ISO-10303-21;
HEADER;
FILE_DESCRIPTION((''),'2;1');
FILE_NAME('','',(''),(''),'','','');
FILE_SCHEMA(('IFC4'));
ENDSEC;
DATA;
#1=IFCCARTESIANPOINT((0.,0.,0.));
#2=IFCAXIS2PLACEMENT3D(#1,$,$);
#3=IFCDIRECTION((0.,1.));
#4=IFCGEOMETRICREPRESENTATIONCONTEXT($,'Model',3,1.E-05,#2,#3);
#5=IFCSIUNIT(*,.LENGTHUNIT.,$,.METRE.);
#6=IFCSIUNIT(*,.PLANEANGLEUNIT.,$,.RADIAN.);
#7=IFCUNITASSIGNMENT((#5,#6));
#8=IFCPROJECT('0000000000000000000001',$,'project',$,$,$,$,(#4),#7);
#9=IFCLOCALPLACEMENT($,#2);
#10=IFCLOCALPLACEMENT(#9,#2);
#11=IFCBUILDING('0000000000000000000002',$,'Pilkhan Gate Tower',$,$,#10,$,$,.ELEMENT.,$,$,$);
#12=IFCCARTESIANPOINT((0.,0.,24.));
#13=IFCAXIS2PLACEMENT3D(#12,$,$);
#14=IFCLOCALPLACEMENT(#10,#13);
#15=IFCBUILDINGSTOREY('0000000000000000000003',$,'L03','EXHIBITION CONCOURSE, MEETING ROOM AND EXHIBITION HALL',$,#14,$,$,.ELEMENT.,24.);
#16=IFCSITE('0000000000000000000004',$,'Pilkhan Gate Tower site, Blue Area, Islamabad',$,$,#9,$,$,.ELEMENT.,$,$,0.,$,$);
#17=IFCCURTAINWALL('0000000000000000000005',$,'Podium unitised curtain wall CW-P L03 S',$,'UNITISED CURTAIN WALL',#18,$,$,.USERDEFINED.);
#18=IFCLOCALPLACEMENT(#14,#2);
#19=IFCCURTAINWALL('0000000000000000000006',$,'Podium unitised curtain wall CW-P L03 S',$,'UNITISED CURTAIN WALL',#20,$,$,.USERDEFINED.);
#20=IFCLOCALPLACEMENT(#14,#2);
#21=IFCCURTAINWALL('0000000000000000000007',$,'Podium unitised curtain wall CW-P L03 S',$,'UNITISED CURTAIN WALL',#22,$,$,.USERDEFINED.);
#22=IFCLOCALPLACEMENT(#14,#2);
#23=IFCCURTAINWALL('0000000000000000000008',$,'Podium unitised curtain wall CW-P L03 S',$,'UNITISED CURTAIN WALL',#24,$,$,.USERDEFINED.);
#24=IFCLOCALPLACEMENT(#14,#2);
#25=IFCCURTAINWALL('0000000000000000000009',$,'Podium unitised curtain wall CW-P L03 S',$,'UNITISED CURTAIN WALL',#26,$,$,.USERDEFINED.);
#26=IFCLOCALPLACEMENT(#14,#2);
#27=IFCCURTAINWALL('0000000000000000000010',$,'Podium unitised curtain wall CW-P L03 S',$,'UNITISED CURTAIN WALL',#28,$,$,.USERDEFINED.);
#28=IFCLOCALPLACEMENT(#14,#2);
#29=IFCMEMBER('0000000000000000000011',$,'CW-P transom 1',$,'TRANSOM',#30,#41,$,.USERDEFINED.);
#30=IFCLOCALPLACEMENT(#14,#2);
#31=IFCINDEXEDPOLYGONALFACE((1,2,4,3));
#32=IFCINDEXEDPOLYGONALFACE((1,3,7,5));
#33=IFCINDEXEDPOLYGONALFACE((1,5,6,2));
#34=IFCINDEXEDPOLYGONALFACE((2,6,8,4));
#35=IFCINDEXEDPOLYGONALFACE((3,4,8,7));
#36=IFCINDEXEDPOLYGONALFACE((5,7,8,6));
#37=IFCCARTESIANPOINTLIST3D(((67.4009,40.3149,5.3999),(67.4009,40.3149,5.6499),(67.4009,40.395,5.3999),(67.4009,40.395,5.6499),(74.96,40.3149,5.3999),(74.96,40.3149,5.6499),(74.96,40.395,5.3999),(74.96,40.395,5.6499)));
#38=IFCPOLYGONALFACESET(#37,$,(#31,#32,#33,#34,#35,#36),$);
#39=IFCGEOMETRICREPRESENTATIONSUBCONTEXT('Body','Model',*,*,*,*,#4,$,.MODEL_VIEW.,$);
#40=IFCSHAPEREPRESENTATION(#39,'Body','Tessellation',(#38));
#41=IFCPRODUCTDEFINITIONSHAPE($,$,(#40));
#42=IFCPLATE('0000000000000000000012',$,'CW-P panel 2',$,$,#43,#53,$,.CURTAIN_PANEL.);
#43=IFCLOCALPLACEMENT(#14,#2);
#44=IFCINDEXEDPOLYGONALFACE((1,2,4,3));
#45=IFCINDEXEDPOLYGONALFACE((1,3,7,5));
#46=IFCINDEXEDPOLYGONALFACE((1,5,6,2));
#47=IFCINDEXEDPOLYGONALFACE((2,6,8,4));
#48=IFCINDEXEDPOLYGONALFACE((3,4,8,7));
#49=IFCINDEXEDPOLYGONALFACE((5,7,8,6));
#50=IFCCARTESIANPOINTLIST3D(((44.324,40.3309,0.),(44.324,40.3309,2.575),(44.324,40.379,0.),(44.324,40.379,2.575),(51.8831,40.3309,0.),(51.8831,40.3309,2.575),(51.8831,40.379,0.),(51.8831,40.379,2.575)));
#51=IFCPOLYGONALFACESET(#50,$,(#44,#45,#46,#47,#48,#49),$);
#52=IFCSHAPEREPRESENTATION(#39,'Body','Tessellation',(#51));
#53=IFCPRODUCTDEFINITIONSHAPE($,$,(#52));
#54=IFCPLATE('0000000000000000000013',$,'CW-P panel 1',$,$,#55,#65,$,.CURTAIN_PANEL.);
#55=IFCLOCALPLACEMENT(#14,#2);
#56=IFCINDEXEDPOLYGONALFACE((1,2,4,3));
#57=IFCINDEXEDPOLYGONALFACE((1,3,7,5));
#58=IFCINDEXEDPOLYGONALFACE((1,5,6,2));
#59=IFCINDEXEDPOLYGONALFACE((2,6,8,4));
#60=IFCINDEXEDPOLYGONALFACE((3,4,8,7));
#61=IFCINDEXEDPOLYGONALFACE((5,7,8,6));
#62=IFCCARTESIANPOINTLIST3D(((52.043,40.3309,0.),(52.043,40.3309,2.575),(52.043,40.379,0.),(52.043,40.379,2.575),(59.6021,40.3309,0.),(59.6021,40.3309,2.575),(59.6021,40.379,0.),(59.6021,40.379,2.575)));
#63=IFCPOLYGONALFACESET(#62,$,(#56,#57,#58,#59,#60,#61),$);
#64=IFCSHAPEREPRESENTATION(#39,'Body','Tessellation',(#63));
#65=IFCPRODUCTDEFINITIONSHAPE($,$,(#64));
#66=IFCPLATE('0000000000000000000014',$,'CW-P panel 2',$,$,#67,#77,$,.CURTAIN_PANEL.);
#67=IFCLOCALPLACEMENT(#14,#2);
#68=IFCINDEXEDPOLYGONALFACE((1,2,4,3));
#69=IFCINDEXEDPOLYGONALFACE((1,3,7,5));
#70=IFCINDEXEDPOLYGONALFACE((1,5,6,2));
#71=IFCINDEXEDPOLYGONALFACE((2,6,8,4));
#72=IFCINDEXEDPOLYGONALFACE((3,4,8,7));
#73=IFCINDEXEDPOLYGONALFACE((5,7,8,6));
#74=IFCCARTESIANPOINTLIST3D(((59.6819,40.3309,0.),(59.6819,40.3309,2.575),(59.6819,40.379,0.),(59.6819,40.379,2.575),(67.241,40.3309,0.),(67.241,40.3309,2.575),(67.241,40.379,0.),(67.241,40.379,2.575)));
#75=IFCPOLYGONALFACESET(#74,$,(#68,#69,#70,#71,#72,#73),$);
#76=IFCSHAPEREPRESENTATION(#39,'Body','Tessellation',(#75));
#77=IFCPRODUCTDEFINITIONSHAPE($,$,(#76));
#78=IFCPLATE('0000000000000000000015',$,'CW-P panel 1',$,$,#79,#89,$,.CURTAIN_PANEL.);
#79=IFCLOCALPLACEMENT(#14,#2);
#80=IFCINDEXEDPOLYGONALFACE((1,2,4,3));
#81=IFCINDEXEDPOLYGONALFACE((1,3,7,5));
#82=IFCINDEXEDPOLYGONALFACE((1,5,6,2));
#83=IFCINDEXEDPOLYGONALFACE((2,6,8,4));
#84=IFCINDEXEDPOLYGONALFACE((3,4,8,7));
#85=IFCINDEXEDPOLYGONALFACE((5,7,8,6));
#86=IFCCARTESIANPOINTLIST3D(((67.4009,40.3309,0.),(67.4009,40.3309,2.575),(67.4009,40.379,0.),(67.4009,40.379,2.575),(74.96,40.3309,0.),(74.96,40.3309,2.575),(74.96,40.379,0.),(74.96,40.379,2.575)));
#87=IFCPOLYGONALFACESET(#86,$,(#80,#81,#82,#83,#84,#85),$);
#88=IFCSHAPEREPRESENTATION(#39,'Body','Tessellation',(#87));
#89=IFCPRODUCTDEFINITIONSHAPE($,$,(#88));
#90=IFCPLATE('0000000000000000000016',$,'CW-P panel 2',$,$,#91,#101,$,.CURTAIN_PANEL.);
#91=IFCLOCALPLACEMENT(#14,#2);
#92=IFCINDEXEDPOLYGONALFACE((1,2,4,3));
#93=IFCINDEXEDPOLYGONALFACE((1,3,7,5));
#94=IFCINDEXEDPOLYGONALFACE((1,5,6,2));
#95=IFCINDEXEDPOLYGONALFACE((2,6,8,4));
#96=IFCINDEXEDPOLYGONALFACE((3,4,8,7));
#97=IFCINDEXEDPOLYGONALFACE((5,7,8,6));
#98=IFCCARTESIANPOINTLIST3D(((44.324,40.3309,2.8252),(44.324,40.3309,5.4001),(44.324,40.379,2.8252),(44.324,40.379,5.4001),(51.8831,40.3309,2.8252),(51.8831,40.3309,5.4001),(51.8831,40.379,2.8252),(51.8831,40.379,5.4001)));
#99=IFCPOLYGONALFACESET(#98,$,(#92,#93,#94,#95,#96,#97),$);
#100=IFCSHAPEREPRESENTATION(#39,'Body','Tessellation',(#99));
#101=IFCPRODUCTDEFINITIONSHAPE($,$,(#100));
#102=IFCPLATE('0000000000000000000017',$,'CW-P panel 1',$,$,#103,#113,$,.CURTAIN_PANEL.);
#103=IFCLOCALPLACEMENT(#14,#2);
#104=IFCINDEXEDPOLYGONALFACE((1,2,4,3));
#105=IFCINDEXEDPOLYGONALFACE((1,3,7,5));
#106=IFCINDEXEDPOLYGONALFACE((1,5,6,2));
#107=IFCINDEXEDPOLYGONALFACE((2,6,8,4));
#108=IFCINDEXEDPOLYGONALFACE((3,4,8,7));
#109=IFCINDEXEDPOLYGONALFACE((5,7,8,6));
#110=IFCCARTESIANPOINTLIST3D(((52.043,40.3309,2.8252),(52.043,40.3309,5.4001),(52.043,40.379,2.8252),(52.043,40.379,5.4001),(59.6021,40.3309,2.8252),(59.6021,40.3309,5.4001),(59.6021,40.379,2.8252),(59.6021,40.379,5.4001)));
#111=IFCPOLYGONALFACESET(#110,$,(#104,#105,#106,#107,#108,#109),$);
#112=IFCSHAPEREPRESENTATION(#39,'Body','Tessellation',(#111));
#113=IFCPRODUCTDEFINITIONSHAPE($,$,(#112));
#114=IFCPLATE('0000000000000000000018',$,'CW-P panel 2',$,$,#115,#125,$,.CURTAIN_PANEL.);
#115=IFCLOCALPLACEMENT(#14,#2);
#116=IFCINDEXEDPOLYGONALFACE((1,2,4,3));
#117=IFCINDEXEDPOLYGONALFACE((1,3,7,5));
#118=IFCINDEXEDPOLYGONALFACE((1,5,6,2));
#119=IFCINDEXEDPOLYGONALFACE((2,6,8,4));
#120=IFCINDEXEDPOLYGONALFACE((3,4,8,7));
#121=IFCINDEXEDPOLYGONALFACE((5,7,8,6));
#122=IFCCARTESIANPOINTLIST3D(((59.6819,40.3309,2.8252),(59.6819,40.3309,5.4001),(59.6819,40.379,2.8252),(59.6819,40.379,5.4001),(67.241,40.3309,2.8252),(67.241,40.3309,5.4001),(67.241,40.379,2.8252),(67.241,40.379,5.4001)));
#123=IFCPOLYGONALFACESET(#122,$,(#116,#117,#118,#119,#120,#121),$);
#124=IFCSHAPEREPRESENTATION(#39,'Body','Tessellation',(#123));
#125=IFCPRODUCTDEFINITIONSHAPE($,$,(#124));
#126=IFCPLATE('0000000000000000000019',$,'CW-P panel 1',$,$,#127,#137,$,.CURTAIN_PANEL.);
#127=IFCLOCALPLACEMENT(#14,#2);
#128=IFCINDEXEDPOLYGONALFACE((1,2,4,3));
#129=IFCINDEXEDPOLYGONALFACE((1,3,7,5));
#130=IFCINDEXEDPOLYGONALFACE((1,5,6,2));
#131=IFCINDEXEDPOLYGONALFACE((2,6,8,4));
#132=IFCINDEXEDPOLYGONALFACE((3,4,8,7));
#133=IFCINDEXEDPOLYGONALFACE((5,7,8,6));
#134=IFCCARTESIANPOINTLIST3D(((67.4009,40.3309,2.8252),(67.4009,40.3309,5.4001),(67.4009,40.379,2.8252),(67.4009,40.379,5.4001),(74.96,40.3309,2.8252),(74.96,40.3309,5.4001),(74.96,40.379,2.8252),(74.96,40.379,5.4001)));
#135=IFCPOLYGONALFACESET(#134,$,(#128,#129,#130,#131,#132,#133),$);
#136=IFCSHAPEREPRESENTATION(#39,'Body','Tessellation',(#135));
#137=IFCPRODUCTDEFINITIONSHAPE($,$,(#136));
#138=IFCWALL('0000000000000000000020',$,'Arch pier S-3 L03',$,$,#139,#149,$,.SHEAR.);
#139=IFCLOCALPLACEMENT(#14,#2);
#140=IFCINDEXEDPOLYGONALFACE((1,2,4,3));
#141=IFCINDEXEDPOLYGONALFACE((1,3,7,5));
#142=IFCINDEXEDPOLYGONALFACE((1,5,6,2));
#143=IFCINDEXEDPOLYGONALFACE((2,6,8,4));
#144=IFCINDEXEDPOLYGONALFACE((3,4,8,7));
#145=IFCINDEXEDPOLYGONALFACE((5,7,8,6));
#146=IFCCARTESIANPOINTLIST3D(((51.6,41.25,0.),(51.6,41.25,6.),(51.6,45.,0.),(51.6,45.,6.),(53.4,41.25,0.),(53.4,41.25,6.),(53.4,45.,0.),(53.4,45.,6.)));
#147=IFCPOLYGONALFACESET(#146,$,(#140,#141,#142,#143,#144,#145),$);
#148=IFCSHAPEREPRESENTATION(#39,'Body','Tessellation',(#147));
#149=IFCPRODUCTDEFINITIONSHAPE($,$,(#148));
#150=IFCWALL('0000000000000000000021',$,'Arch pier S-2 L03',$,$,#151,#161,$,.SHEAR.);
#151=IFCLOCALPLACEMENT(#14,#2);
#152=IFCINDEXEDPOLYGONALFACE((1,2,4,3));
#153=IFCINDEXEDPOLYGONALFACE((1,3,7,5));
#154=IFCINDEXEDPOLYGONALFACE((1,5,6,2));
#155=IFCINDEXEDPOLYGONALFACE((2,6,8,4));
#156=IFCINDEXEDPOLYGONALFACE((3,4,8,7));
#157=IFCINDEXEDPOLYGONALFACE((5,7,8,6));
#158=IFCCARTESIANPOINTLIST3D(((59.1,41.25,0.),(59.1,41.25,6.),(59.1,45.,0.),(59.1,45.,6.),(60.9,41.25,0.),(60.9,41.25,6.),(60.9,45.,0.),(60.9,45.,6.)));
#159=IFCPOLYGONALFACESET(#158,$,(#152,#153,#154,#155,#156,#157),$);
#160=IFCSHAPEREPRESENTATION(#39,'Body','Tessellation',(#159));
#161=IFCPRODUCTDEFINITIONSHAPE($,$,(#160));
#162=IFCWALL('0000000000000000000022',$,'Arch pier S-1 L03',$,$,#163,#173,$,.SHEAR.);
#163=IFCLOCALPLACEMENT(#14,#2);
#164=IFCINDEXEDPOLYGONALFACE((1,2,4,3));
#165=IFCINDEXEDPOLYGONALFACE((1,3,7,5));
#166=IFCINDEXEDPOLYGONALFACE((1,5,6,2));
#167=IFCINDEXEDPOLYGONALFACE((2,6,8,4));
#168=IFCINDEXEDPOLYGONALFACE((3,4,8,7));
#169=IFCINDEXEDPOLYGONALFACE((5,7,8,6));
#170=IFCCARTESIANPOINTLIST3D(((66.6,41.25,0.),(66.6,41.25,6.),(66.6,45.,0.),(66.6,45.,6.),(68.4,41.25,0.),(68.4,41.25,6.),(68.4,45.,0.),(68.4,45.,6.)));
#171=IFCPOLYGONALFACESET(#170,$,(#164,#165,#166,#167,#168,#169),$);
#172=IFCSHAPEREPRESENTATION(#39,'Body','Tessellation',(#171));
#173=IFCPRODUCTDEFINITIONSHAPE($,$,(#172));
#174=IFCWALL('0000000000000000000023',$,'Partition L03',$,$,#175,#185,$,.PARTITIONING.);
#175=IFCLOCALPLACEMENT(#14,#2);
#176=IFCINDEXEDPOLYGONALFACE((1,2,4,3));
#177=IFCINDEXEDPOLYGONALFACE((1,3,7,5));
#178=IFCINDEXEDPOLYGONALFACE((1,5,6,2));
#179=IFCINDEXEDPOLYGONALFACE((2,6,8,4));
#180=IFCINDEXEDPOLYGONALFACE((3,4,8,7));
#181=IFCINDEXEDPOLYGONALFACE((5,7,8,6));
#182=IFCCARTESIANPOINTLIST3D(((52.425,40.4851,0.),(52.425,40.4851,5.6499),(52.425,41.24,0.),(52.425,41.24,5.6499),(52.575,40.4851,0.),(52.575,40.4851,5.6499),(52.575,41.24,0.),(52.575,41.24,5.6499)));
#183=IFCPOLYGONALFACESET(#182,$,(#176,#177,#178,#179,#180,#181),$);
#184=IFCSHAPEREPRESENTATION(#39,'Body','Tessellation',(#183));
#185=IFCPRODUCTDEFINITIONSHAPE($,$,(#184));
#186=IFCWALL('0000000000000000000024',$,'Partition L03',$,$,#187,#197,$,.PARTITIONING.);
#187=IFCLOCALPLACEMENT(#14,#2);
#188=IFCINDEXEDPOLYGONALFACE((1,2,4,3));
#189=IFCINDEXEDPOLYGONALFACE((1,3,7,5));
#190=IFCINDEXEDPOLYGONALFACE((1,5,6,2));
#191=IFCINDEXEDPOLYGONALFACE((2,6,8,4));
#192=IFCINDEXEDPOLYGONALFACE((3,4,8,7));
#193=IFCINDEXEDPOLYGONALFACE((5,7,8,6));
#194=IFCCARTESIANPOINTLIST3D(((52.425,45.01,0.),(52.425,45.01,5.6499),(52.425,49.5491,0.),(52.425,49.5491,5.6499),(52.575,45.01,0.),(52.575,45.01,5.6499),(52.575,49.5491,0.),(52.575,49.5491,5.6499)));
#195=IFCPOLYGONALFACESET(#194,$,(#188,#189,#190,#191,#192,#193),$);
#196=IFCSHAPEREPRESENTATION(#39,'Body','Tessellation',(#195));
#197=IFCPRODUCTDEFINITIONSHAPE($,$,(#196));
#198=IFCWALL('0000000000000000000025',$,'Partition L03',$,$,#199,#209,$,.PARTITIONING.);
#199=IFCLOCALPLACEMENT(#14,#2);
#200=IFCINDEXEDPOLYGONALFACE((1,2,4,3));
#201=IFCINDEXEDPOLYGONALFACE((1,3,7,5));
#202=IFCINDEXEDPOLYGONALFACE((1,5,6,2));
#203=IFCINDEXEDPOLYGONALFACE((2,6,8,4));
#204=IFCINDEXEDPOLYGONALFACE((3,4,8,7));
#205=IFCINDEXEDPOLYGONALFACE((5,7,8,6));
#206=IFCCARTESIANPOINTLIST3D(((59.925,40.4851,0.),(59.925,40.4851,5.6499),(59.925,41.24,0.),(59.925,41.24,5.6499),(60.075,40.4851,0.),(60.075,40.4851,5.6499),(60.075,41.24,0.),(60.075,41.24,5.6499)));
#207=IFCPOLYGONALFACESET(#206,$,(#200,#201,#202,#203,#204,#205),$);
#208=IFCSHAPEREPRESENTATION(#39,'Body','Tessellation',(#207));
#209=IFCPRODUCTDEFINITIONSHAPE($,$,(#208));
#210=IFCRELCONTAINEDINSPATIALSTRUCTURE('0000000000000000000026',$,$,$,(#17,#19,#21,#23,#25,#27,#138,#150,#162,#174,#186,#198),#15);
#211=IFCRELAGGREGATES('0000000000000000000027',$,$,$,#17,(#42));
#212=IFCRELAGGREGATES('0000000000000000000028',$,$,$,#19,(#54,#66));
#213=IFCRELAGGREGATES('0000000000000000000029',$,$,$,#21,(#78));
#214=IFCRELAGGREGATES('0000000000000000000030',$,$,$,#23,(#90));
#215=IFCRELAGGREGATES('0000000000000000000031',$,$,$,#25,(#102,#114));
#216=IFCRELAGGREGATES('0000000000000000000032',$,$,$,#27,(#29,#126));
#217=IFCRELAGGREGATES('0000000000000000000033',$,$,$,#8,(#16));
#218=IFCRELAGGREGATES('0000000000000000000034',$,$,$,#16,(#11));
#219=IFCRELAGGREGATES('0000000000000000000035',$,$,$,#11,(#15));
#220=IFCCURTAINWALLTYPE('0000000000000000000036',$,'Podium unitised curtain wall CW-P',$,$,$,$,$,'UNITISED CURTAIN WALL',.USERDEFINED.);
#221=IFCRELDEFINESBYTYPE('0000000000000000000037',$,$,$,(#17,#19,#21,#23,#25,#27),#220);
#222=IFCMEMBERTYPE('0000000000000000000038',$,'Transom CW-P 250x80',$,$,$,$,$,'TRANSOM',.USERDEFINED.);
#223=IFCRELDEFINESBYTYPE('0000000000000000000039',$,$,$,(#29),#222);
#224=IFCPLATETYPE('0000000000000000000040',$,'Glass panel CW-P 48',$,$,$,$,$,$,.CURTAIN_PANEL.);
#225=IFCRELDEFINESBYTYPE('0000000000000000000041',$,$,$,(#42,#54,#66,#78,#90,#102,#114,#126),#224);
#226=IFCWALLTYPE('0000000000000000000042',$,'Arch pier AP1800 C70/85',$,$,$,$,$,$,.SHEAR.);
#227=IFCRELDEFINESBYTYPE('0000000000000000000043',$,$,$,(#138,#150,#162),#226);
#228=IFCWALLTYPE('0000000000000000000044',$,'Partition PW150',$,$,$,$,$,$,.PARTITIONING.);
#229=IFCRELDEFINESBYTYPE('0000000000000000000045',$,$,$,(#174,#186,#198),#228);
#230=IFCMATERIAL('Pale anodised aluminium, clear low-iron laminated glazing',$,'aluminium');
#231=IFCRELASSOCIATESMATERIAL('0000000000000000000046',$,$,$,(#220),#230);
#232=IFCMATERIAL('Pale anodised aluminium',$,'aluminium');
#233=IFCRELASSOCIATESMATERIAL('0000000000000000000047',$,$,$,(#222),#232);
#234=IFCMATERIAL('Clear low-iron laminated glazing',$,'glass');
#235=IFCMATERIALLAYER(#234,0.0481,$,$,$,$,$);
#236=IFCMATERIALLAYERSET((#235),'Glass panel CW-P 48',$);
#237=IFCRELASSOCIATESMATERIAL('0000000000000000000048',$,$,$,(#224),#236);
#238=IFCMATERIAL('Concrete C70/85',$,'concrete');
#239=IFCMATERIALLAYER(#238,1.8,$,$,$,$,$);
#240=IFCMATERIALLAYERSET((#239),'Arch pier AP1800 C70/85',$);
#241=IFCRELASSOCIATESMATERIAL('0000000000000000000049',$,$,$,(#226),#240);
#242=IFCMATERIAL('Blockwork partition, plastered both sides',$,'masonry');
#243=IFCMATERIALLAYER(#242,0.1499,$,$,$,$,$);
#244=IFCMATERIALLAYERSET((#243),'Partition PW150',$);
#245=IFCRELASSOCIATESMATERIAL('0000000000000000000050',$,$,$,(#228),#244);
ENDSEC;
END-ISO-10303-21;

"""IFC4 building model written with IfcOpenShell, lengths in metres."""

from ifc_helpers import new_model, si_unit, direction, frame, frame_2d, origin, origin_2d, place, context, subcontext, project, spatial, rectangle, extrude, material, layer, layer_set, material_profile, profile_set, type_object, element, aggregate, save


model = new_model("IFC4")

# Units and contexts
model_context = context("Model", 3, precision=1e-05, world=origin(), true_north=direction((0.0, 1.0)))
body_context = subcontext(model_context, "Body", "Model", "MODEL_VIEW")
ifc_project = project(units=[si_unit("LENGTHUNIT", "METRE"), si_unit("PLANEANGLEUNIT", "RADIAN")], contexts=[model_context])

# Site, building, storey
site_placement = place(None, origin())
site = spatial("IfcSite", under=ifc_project, at=site_placement, Name="Pilkhan Gate Tower site, Blue Area, Islamabad", CompositionType="ELEMENT", RefElevation=0.0)
building_placement = place(site_placement, origin())
building = spatial("IfcBuilding", under=site, at=building_placement, Name="Pilkhan Gate Tower", CompositionType="ELEMENT")
storey_placement = place(building_placement, frame((0.0, 0.0, 24.0)))
storey = spatial("IfcBuildingStorey", under=building, at=storey_placement, Name="L03", Description="EXHIBITION CONCOURSE, MEETING ROOM AND EXHIBITION HALL", CompositionType="ELEMENT", Elevation=24.0)

# Curtain wall
ifc_material_1 = material(Name="Pale anodised aluminium, clear low-iron laminated glazing", Category="aluminium")
curtain_wall_type = type_object("IfcCurtainWallType", Name="Podium unitised curtain wall CW-P", ElementType="UNITISED CURTAIN WALL", PredefinedType="USERDEFINED", material=ifc_material_1)
curtain_wall_1_placement = place(storey_placement, origin())
curtain_wall_1 = element("IfcCurtainWall", 1, at=curtain_wall_1_placement, inside=storey, type_object=curtain_wall_type, Name="Podium unitised curtain wall CW-P L03 S", ObjectType="UNITISED CURTAIN WALL", PredefinedType="USERDEFINED")
ifc_material_2 = material(Name="Pale anodised aluminium", Category="aluminium")

# Curtain wall
curtain_wall_2_placement = place(storey_placement, origin())
curtain_wall_2 = element("IfcCurtainWall", 2, at=curtain_wall_2_placement, inside=storey, type_object=curtain_wall_type, Name="Podium unitised curtain wall CW-P L03 S", ObjectType="UNITISED CURTAIN WALL", PredefinedType="USERDEFINED")

# Curtain walls
curtain_wall_3_placement = place(storey_placement, origin())
curtain_wall_3 = element("IfcCurtainWall", 3, at=curtain_wall_3_placement, inside=storey, type_object=curtain_wall_type, Name="Podium unitised curtain wall CW-P L03 S", ObjectType="UNITISED CURTAIN WALL", PredefinedType="USERDEFINED")
curtain_wall_4_placement = place(storey_placement, origin())
curtain_wall_4 = element("IfcCurtainWall", 4, at=curtain_wall_4_placement, inside=storey, type_object=curtain_wall_type, Name="Podium unitised curtain wall CW-P L03 S", ObjectType="UNITISED CURTAIN WALL", PredefinedType="USERDEFINED")

# Curtain wall
curtain_wall_5_placement = place(storey_placement, origin())
curtain_wall_5 = element("IfcCurtainWall", 5, at=curtain_wall_5_placement, inside=storey, type_object=curtain_wall_type, Name="Podium unitised curtain wall CW-P L03 S", ObjectType="UNITISED CURTAIN WALL", PredefinedType="USERDEFINED")

# Curtain wall
curtain_wall_6_placement = place(storey_placement, origin())
curtain_wall_6 = element("IfcCurtainWall", 6, at=curtain_wall_6_placement, inside=storey, type_object=curtain_wall_type, Name="Podium unitised curtain wall CW-P L03 S", ObjectType="UNITISED CURTAIN WALL", PredefinedType="USERDEFINED")

# Member
ifc_material_profile_1 = material_profile(ifc_material_2, rectangle(XDim=0.0801, YDim=0.25, at=origin_2d()), Name="Transom 250x80")
ifc_profile_set_1 = profile_set([ifc_material_profile_1], Name="Pale anodised aluminium")
member_type_1 = type_object("IfcMemberType", Name="Transom CW-P 250x80", ElementType="TRANSOM", PredefinedType="USERDEFINED", material=ifc_profile_set_1)
member_1_placement = place(storey_placement, frame((67.4009, 40.355, 5.5249), z_axis=(1.0, 0.0, 0.0), x_axis=(0.0, 1.0, 0.0)))
member_1 = element("IfcMember", 7, at=member_1_placement, type_object=member_type_1, Name="CW-P transom 1", ObjectType="TRANSOM", PredefinedType="USERDEFINED", context=body_context, shape_type="SweptSolid", body=[
    extrude(rectangle(XDim=0.0801, YDim=0.25, at=origin_2d()), origin(), (0.0, 0.0, 1.0), 7.5591),
])

# Plates
ifc_material_3 = material(Name="Clear low-iron laminated glazing", Category="glass")
ifc_layer_1 = layer(ifc_material_3, 0.0481)
ifc_layer_set_1 = layer_set([ifc_layer_1], Name="Glass panel CW-P 48")
plate_type = type_object("IfcPlateType", Name="Glass panel CW-P 48", PredefinedType="CURTAIN_PANEL", material=ifc_layer_set_1)
plate_1_placement = place(storey_placement, frame((48.1035, 40.355, 0.0), z_axis=(0.0, 0.0, 1.0), x_axis=(1.0, 0.0, 0.0)))
plate_1 = element("IfcPlate", 8, at=plate_1_placement, type_object=plate_type, Name="CW-P panel 2", PredefinedType="CURTAIN_PANEL", context=body_context, shape_type="SweptSolid", body=[
    extrude(rectangle(XDim=7.5591, YDim=0.0481, at=origin_2d()), origin(), (0.0, 0.0, 1.0), 2.575),
])
aggregate(curtain_wall_1, [plate_1])
plate_2_placement = place(storey_placement, frame((55.8225, 40.355, 0.0), z_axis=(0.0, 0.0, 1.0), x_axis=(1.0, 0.0, 0.0)))
plate_2 = element("IfcPlate", 9, at=plate_2_placement, type_object=plate_type, Name="CW-P panel 1", PredefinedType="CURTAIN_PANEL", context=body_context, shape_type="SweptSolid", body=[
    extrude(rectangle(XDim=7.5591, YDim=0.0481, at=origin_2d()), origin(), (0.0, 0.0, 1.0), 2.575),
])
plate_3_placement = place(storey_placement, frame((63.4614, 40.355, 0.0), z_axis=(0.0, 0.0, 1.0), x_axis=(1.0, 0.0, 0.0)))
plate_3 = element("IfcPlate", 10, at=plate_3_placement, type_object=plate_type, Name="CW-P panel 2", PredefinedType="CURTAIN_PANEL", context=body_context, shape_type="SweptSolid", body=[
    extrude(rectangle(XDim=7.5591, YDim=0.0481, at=origin_2d()), origin(), (0.0, 0.0, 1.0), 2.575),
])
aggregate(curtain_wall_2, [plate_2, plate_3])
plate_4_placement = place(storey_placement, frame((71.1804, 40.355, 0.0), z_axis=(0.0, 0.0, 1.0), x_axis=(1.0, 0.0, 0.0)))
plate_4 = element("IfcPlate", 11, at=plate_4_placement, type_object=plate_type, Name="CW-P panel 1", PredefinedType="CURTAIN_PANEL", context=body_context, shape_type="SweptSolid", body=[
    extrude(rectangle(XDim=7.5591, YDim=0.0481, at=origin_2d()), origin(), (0.0, 0.0, 1.0), 2.575),
])
aggregate(curtain_wall_3, [plate_4])
plate_5_placement = place(storey_placement, frame((48.1035, 40.355, 2.8252), z_axis=(0.0, 0.0, 1.0), x_axis=(1.0, 0.0, 0.0)))
plate_5 = element("IfcPlate", 12, at=plate_5_placement, type_object=plate_type, Name="CW-P panel 2", PredefinedType="CURTAIN_PANEL", context=body_context, shape_type="SweptSolid", body=[
    extrude(rectangle(XDim=7.5591, YDim=0.0481, at=origin_2d()), origin(), (0.0, 0.0, 1.0), 2.575),
])
aggregate(curtain_wall_4, [plate_5])
plate_6_placement = place(storey_placement, frame((55.8225, 40.355, 2.8252), z_axis=(0.0, 0.0, 1.0), x_axis=(1.0, 0.0, 0.0)))
plate_6 = element("IfcPlate", 13, at=plate_6_placement, type_object=plate_type, Name="CW-P panel 1", PredefinedType="CURTAIN_PANEL", context=body_context, shape_type="SweptSolid", body=[
    extrude(rectangle(XDim=7.5591, YDim=0.0481, at=origin_2d()), origin(), (0.0, 0.0, 1.0), 2.575),
])
plate_7_placement = place(storey_placement, frame((63.4614, 40.355, 2.8252), z_axis=(0.0, 0.0, 1.0), x_axis=(1.0, 0.0, 0.0)))
plate_7 = element("IfcPlate", 14, at=plate_7_placement, type_object=plate_type, Name="CW-P panel 2", PredefinedType="CURTAIN_PANEL", context=body_context, shape_type="SweptSolid", body=[
    extrude(rectangle(XDim=7.5591, YDim=0.0481, at=origin_2d()), origin(), (0.0, 0.0, 1.0), 2.575),
])
aggregate(curtain_wall_5, [plate_6, plate_7])
plate_8_placement = place(storey_placement, frame((71.1804, 40.355, 2.8252), z_axis=(0.0, 0.0, 1.0), x_axis=(1.0, 0.0, 0.0)))
plate_8 = element("IfcPlate", 15, at=plate_8_placement, type_object=plate_type, Name="CW-P panel 1", PredefinedType="CURTAIN_PANEL", context=body_context, shape_type="SweptSolid", body=[
    extrude(rectangle(XDim=7.5591, YDim=0.0481, at=origin_2d()), origin(), (0.0, 0.0, 1.0), 2.575),
])
aggregate(curtain_wall_6, [member_1, plate_8])

# Walls
ifc_material_4 = material(Name="Concrete C70/85", Category="concrete")
ifc_layer_2 = layer(ifc_material_4, 1.8)
ifc_layer_set_2 = layer_set([ifc_layer_2], Name="Arch pier AP1800 C70/85")
wall_type_1 = type_object("IfcWallType", Name="Arch pier AP1800 C70/85", PredefinedType="SHEAR", material=ifc_layer_set_2)
for number, where, z_axis, x_axis, name in (
    (16, (52.5, 41.25, 0.0), (0.0, 0.0, 1.0), (0.0, 1.0, 0.0), "Arch pier S-3 L03"),
    (17, (60.0, 41.25, 0.0), (0.0, 0.0, 1.0), (0.0, 1.0, 0.0), "Arch pier S-2 L03"),
    (18, (67.5, 41.25, 0.0), (0.0, 0.0, 1.0), (0.0, 1.0, 0.0), "Arch pier S-1 L03"),
):
    element("IfcWall", number, at=place(storey_placement, frame(where, z_axis=z_axis, x_axis=x_axis)), inside=storey, type_object=wall_type_1, Name=name, PredefinedType="SHEAR", context=body_context, shape_type="SweptSolid", body=[
        extrude(rectangle(XDim=3.75, YDim=1.8, at=frame_2d((1.875, 0.0))), origin(), (0.0, 0.0, 1.0), 6.0),
    ])
ifc_material_5 = material(Name="Blockwork partition, plastered both sides", Category="masonry")
ifc_layer_3 = layer(ifc_material_5, 0.1499)
ifc_layer_set_3 = layer_set([ifc_layer_3], Name="Partition PW150")
wall_type_2 = type_object("IfcWallType", Name="Partition PW150", PredefinedType="PARTITIONING", material=ifc_layer_set_3)
wall_1_placement = place(storey_placement, frame((52.5, 40.4851, 0.0), z_axis=(0.0, 0.0, 1.0), x_axis=(0.0, 1.0, 0.0)))
element("IfcWall", 19, at=wall_1_placement, inside=storey, type_object=wall_type_2, Name="Partition L03", PredefinedType="PARTITIONING", context=body_context, shape_type="SweptSolid", body=[
    extrude(rectangle(XDim=0.7549, YDim=0.1499, at=frame_2d((0.3774, 0.0))), origin(), (0.0, 0.0, 1.0), 5.6499),
])
wall_2_placement = place(storey_placement, frame((52.5, 45.01, 0.0), z_axis=(0.0, 0.0, 1.0), x_axis=(0.0, 1.0, 0.0)))
element("IfcWall", 20, at=wall_2_placement, inside=storey, type_object=wall_type_2, Name="Partition L03", PredefinedType="PARTITIONING", context=body_context, shape_type="SweptSolid", body=[
    extrude(rectangle(XDim=4.5391, YDim=0.1499, at=frame_2d((2.2695, 0.0))), origin(), (0.0, 0.0, 1.0), 5.6499),
])
wall_3_placement = place(storey_placement, frame((60.0, 40.4851, 0.0), z_axis=(0.0, 0.0, 1.0), x_axis=(0.0, 1.0, 0.0)))
element("IfcWall", 21, at=wall_3_placement, inside=storey, type_object=wall_type_2, Name="Partition L03", PredefinedType="PARTITIONING", context=body_context, shape_type="SweptSolid", body=[
    extrude(rectangle(XDim=0.7549, YDim=0.1499, at=frame_2d((0.3774, 0.0))), origin(), (0.0, 0.0, 1.0), 5.6499),
])

save(model, "model.ifc")
